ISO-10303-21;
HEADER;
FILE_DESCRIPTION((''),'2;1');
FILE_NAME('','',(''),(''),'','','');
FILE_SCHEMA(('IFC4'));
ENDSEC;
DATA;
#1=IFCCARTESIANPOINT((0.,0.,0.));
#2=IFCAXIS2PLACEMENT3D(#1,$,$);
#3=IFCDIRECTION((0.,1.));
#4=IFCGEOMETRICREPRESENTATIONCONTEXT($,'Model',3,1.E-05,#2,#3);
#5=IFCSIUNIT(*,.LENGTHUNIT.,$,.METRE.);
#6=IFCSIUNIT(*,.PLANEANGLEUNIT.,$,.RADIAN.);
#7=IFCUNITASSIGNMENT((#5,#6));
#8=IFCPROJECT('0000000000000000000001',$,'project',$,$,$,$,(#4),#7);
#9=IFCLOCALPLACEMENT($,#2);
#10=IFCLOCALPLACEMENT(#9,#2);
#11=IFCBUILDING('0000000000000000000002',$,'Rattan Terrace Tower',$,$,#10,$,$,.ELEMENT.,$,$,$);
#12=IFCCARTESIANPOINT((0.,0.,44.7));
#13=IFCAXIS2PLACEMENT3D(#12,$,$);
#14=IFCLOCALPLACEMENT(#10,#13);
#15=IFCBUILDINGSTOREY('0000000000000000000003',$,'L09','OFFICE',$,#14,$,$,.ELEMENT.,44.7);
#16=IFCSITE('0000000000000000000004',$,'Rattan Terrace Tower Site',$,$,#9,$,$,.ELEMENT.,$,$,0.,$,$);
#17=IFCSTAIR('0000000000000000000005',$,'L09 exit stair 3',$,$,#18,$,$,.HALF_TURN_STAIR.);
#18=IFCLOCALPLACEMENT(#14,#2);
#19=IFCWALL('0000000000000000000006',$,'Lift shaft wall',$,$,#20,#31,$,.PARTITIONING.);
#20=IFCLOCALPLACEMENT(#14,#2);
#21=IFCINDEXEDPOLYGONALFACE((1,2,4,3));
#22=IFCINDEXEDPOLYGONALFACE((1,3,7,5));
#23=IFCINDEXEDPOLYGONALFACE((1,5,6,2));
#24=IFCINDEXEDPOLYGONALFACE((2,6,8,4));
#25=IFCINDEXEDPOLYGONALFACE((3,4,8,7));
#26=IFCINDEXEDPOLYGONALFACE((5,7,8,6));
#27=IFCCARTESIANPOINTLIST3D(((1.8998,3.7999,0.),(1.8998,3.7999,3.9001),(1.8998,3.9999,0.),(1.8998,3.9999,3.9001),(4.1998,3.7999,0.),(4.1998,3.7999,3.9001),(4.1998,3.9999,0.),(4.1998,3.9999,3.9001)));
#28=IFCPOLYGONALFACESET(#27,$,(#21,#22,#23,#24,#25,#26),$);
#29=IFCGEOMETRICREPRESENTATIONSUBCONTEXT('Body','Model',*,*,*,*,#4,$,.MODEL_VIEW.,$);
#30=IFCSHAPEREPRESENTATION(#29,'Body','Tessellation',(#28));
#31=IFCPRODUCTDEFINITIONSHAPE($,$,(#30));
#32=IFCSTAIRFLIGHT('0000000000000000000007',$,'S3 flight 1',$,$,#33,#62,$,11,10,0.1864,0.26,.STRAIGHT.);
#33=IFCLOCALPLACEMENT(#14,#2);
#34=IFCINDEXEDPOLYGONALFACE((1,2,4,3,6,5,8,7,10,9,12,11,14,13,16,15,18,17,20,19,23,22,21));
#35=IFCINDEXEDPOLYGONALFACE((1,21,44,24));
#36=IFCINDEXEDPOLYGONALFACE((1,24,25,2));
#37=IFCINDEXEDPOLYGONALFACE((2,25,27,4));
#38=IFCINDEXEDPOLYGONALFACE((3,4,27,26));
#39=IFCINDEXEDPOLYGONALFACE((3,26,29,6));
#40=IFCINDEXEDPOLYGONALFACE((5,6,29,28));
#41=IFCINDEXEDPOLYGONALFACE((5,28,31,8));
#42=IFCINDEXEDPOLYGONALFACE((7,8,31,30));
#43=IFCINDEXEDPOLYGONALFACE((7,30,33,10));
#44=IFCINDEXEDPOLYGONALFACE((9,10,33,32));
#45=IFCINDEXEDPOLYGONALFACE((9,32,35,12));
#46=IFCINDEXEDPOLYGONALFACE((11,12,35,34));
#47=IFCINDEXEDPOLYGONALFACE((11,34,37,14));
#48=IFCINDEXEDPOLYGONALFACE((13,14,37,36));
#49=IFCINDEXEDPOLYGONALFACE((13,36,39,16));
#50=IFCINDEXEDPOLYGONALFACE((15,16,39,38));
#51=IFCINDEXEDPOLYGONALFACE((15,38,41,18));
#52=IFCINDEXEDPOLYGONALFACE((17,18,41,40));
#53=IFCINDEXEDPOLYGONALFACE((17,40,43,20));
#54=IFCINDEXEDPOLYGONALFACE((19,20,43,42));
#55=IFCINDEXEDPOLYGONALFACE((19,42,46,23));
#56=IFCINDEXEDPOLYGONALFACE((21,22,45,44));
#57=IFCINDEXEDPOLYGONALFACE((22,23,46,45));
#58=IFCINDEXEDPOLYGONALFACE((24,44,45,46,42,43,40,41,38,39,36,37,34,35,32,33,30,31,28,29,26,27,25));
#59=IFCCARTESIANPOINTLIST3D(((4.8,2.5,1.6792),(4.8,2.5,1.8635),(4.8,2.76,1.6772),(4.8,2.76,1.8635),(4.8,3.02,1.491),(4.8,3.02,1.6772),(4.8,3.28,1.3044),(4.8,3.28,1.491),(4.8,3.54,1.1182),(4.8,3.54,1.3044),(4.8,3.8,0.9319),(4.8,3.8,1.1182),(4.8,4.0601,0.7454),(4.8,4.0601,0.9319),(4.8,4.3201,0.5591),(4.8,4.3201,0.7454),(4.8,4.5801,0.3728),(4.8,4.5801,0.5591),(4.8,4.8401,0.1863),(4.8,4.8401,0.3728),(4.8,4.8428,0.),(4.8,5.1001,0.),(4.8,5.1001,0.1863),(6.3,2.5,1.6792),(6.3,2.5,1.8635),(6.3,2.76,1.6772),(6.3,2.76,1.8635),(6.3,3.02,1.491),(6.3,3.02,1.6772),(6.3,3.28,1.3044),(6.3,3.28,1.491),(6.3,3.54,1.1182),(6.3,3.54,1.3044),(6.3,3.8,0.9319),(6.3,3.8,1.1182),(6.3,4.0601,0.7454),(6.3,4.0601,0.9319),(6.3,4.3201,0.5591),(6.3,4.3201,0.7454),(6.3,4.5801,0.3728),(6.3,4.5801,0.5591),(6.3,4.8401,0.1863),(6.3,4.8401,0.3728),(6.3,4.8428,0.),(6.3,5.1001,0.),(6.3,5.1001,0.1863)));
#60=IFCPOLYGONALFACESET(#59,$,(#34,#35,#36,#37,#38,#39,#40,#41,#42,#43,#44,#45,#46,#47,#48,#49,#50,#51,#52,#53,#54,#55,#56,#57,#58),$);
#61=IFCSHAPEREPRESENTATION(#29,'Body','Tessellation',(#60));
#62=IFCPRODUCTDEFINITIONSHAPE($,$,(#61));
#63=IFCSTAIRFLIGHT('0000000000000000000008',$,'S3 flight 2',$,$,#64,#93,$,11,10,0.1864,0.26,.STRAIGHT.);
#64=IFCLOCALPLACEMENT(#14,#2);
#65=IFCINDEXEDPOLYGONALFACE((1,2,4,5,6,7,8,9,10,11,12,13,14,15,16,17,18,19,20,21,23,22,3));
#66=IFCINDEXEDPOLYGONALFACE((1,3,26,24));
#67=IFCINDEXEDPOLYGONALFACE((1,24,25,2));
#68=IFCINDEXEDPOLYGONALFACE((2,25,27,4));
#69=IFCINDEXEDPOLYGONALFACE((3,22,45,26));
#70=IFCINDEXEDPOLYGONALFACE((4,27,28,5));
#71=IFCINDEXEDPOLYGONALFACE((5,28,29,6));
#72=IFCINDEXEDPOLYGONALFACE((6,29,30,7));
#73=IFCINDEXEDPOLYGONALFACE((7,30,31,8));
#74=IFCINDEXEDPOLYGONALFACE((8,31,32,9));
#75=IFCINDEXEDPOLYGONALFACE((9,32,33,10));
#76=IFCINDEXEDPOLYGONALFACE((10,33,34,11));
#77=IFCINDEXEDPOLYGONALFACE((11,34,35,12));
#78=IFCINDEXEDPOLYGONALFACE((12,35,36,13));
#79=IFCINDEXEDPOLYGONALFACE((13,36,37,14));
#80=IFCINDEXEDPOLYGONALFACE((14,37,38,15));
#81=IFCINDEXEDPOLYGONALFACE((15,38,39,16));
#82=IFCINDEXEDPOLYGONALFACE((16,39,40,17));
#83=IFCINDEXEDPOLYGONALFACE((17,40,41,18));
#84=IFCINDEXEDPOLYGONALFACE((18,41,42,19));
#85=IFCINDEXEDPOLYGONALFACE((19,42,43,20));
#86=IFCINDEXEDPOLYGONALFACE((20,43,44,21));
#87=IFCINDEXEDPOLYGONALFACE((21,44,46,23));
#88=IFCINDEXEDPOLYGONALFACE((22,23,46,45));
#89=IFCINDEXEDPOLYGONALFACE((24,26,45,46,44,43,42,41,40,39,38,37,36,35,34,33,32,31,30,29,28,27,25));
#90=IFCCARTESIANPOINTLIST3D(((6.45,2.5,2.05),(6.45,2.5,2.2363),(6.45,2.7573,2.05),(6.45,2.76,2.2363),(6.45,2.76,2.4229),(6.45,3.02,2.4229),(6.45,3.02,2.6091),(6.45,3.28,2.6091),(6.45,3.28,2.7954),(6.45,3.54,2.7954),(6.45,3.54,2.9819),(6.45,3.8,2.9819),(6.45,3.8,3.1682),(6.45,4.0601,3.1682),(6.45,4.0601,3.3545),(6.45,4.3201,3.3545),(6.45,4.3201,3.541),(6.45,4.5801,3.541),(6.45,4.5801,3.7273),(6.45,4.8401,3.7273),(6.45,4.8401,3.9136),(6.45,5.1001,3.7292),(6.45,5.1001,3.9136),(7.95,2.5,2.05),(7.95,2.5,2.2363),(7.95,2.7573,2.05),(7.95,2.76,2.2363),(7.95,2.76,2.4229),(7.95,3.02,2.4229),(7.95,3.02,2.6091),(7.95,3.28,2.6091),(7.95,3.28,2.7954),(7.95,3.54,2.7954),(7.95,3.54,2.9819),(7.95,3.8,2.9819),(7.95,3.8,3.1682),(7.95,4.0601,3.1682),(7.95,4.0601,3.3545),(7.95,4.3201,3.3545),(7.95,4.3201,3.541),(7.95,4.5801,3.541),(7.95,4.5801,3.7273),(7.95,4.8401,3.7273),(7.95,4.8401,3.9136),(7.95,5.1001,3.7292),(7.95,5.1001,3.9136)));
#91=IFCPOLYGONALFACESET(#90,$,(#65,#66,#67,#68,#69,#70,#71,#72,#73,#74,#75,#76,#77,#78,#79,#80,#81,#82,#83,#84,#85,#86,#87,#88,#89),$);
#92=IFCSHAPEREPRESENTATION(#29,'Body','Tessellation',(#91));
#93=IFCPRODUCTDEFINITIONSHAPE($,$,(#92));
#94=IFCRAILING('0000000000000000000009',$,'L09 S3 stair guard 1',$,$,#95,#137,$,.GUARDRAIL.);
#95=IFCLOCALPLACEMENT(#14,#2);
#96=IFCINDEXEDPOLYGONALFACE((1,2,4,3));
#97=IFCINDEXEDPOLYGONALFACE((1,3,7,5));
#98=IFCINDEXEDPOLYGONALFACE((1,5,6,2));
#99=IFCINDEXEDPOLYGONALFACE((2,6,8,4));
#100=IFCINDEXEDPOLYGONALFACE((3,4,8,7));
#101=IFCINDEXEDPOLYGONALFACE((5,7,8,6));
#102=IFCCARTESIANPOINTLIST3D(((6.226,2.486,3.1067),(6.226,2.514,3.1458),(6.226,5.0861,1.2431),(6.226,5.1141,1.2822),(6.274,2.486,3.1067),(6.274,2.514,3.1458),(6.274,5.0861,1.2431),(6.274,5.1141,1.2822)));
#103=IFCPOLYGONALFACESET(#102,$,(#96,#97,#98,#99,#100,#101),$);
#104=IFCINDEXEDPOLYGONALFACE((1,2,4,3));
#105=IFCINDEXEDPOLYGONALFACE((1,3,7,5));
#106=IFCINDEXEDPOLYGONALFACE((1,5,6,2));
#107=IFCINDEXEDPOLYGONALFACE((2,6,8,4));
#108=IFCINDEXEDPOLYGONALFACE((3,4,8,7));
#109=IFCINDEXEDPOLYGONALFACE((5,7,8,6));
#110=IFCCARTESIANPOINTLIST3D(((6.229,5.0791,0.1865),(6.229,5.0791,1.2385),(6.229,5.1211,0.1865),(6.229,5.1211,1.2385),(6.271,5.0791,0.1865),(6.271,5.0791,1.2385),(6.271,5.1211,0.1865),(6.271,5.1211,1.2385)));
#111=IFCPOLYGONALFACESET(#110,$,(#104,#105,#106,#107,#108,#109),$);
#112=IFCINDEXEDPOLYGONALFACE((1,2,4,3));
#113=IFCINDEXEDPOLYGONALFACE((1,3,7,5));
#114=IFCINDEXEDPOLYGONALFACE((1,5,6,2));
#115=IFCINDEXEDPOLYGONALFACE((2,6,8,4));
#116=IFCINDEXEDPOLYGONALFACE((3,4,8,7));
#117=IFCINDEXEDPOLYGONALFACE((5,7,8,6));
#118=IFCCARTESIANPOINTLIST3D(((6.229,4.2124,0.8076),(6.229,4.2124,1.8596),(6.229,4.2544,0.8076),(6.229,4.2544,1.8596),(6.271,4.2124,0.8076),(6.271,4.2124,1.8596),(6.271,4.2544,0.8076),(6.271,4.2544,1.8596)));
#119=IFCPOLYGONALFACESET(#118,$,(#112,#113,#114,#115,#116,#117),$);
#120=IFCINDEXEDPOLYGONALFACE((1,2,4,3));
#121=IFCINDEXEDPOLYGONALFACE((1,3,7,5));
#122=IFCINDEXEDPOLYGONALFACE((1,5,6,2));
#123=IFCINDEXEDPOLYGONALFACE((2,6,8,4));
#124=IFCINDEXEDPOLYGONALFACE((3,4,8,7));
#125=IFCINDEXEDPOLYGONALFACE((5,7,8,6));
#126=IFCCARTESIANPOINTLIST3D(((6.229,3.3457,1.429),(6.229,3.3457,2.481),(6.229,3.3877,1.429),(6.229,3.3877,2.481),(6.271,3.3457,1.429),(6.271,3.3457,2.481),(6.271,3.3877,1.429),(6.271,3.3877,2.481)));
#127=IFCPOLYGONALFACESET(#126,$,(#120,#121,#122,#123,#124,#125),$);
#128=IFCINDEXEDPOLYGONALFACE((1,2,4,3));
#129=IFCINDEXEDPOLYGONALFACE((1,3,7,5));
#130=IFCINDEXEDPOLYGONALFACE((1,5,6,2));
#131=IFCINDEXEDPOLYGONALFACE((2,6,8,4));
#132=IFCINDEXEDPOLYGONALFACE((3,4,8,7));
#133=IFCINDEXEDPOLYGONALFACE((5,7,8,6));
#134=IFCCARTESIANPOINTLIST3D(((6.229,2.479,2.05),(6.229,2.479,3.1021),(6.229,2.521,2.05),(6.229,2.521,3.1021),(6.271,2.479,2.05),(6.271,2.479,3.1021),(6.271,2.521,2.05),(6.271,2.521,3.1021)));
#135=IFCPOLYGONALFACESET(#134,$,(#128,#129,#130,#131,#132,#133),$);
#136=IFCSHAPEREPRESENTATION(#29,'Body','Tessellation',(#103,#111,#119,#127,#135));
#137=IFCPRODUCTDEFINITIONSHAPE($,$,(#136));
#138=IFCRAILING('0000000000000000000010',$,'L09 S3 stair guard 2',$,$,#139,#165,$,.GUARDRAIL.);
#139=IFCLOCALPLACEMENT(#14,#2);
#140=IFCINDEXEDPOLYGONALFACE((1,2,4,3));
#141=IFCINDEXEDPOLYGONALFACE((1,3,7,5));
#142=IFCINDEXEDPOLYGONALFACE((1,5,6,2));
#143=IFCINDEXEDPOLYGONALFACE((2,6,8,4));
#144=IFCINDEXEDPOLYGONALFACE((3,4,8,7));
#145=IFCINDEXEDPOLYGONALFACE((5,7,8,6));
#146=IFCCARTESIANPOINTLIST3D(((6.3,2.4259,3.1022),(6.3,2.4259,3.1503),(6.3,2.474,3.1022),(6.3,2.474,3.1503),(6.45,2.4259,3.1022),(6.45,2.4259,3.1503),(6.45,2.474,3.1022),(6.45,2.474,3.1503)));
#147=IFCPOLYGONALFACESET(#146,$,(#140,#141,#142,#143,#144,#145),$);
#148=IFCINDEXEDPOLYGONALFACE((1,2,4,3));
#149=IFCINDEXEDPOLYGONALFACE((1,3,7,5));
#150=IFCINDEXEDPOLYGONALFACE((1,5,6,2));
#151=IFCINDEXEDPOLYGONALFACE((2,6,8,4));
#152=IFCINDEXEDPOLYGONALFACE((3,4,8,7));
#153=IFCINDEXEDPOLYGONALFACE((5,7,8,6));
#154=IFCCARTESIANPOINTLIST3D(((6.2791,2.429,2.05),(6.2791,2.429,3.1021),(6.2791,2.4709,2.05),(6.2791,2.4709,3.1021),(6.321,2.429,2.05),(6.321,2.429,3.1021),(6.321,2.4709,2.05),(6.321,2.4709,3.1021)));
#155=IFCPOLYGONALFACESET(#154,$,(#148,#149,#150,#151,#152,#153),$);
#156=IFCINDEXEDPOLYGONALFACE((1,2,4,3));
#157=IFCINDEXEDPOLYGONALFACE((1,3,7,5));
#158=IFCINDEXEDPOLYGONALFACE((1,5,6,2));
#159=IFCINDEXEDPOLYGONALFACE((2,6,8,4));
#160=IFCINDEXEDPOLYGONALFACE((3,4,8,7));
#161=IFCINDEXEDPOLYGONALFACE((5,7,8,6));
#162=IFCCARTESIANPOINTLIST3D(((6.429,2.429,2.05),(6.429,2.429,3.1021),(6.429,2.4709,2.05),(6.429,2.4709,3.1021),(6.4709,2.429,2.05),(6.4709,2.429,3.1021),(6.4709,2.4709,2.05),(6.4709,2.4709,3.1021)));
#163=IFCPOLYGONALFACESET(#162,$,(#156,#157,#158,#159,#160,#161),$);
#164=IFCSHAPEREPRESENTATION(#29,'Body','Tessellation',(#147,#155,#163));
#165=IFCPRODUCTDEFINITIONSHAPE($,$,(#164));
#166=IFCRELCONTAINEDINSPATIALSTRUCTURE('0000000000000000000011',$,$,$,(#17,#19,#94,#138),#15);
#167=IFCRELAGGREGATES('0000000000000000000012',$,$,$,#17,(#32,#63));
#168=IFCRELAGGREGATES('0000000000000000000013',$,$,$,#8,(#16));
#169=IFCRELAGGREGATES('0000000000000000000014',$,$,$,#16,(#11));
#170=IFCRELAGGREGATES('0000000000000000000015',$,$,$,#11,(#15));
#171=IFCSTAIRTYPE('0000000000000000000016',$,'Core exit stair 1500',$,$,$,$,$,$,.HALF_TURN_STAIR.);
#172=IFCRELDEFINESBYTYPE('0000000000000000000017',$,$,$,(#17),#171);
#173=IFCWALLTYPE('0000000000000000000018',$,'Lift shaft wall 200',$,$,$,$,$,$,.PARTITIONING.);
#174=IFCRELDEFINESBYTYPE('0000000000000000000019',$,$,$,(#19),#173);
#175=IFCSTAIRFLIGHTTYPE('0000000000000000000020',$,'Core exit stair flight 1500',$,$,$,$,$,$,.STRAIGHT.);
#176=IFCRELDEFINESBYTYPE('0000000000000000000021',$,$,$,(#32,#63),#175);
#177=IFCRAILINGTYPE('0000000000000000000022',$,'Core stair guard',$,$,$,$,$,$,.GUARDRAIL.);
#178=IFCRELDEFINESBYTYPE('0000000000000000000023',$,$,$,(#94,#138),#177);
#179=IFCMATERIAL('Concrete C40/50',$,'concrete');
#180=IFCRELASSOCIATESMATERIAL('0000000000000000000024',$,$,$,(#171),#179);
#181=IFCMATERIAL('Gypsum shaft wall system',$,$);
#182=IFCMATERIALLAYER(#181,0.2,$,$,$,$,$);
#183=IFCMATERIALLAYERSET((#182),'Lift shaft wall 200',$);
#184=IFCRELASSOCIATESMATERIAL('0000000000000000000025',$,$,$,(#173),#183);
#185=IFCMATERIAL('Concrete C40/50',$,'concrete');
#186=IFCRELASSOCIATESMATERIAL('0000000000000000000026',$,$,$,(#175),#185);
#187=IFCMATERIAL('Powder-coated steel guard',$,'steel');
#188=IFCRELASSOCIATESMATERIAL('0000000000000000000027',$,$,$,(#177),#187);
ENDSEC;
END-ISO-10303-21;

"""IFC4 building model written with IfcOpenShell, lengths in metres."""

from ifc_helpers import new_model, si_unit, direction, frame, frame_2d, origin, origin_2d, place, context, subcontext, project, spatial, polyline, rectangle, outline, extrude, material, layer, layer_set, type_object, element, aggregate, save


model = new_model("IFC4")

# Units and contexts
model_context = context("Model", 3, precision=1e-05, world=origin(), true_north=direction((0.0, 1.0)))
body_context = subcontext(model_context, "Body", "Model", "MODEL_VIEW")
ifc_project = project(units=[si_unit("LENGTHUNIT", "METRE"), si_unit("PLANEANGLEUNIT", "RADIAN")], contexts=[model_context])

# Site, building, storey
site_placement = place(None, origin())
site = spatial("IfcSite", under=ifc_project, at=site_placement, Name="Rattan Terrace Tower Site", CompositionType="ELEMENT", RefElevation=0.0)
building_placement = place(site_placement, origin())
building = spatial("IfcBuilding", under=site, at=building_placement, Name="Rattan Terrace Tower", CompositionType="ELEMENT")
storey_placement = place(building_placement, frame((0.0, 0.0, 44.7)))
storey = spatial("IfcBuildingStorey", under=building, at=storey_placement, Name="L09", Description="OFFICE", CompositionType="ELEMENT", Elevation=44.7)

# Stair
ifc_material_1 = material(Name="Concrete C40/50", Category="concrete")
stair_type = type_object("IfcStairType", Name="Core exit stair 1500", PredefinedType="HALF_TURN_STAIR", material=ifc_material_1)
stair_1_placement = place(storey_placement, origin())
stair_1 = element("IfcStair", 1, at=stair_1_placement, inside=storey, type_object=stair_type, Name="L09 exit stair 3", PredefinedType="HALF_TURN_STAIR")

# Wall
ifc_material_2 = material(Name="Gypsum shaft wall system")
ifc_layer_1 = layer(ifc_material_2, 0.2)
ifc_layer_set_1 = layer_set([ifc_layer_1], Name="Lift shaft wall 200")
wall_type_1 = type_object("IfcWallType", Name="Lift shaft wall 200", PredefinedType="PARTITIONING", material=ifc_layer_set_1)
for number, where, z_axis, x_axis, name in (
    (2, (1.8999, 3.8999, 0.0), (0.0, 0.0, 1.0), (1.0, 0.0, 0.0), "Lift shaft wall"),
):
    element("IfcWall", number, at=place(storey_placement, frame(where, z_axis=z_axis, x_axis=x_axis)), inside=storey, type_object=wall_type_1, Name=name, PredefinedType="PARTITIONING", context=body_context, shape_type="SweptSolid", body=[
        extrude(rectangle(XDim=2.3, YDim=0.2, at=frame_2d((1.1499, 0.0))), origin(), (0.0, 0.0, 1.0), 3.9001),
    ])

# Stair flights
ifc_material_3 = material(Name="Concrete C40/50", Category="concrete")
stair_flight_type = type_object("IfcStairFlightType", Name="Core exit stair flight 1500", PredefinedType="STRAIGHT", material=ifc_material_3)
stair_flight_1_placement = place(storey_placement, frame((5.55, 5.1001, 0.0), z_axis=(0.0, 0.0, 1.0), x_axis=(0.0, -1.0, 0.0)))
stair_flight_1 = element("IfcStairFlight", 3, at=stair_flight_1_placement, type_object=stair_flight_type, Name="S3 flight 1", NumberOfRisers=11, NumberOfTreads=10, PredefinedType="STRAIGHT", RiserHeight=0.1864, TreadLength=0.26, context=body_context, shape_type="SweptSolid", body=[
    extrude(outline(polyline([(0.0, 0.0), (0.0, 0.1863), (0.26, 0.1863), (0.26, 0.3728), (0.52, 0.3728), (0.52, 0.5591), (0.78, 0.5591), (0.78, 0.7454), (1.04, 0.7454), (1.04, 0.9319), (1.3, 0.9319), (1.3, 1.1182), (1.5601, 1.1182), (1.5601, 1.3044), (1.8201, 1.3044), (1.8201, 1.491), (2.0801, 1.491), (2.0801, 1.6772), (2.3401, 1.6772), (2.3401, 1.8635), (2.6001, 1.8635), (2.6001, 2.05), (2.6001, 1.6792), (0.2573, 0.0), (0.0, 0.0)])), frame((0.0, 0.75, 0.0), z_axis=(0.0, -1.0, 0.0), x_axis=(1.0, 0.0, 0.0)), (0.0, 0.0, 1.0), 1.5),
])
stair_flight_2_placement = place(storey_placement, frame((7.2, 2.5, 2.05), z_axis=(0.0, 0.0, 1.0), x_axis=(0.0, 1.0, 0.0)))
stair_flight_2 = element("IfcStairFlight", 4, at=stair_flight_2_placement, type_object=stair_flight_type, Name="S3 flight 2", NumberOfRisers=11, NumberOfTreads=10, PredefinedType="STRAIGHT", RiserHeight=0.1864, TreadLength=0.26, context=body_context, shape_type="SweptSolid", body=[
    extrude(outline(polyline([(0.0, 0.0), (0.0, 0.1863), (0.26, 0.1863), (0.26, 0.3728), (0.52, 0.3728), (0.52, 0.5591), (0.78, 0.5591), (0.78, 0.7454), (1.04, 0.7454), (1.04, 0.9319), (1.3, 0.9319), (1.3, 1.1182), (1.5601, 1.1182), (1.5601, 1.3044), (1.8201, 1.3044), (1.8201, 1.491), (2.0801, 1.491), (2.0801, 1.6772), (2.3401, 1.6772), (2.3401, 1.8635), (2.6001, 1.8635), (2.6001, 2.05), (2.6001, 1.6792), (0.2573, 0.0), (0.0, 0.0)])), frame((0.0, 0.75, 0.0), z_axis=(0.0, -1.0, 0.0), x_axis=(1.0, 0.0, 0.0)), (0.0, 0.0, 1.0), 1.5),
])
aggregate(stair_1, [stair_flight_1, stair_flight_2])

# Railings
ifc_material_4 = material(Name="Powder-coated steel guard", Category="steel")
railing_type_1 = type_object("IfcRailingType", Name="Core stair guard", PredefinedType="GUARDRAIL", material=ifc_material_4)
railing_1_placement = place(storey_placement, frame((6.25, 5.1001, 0.1865)))
element("IfcRailing", 5, at=railing_1_placement, inside=storey, type_object=railing_type_1, Name="L09 S3 stair guard 1", PredefinedType="GUARDRAIL", context=body_context, shape_type="SweptSolid", body=[
    extrude(rectangle(XDim=0.0481, YDim=0.0481, at=origin_2d()), frame((0.0, 0.0, 1.0762), z_axis=(0.0, -0.812799, 0.582544), x_axis=(1.0, 0.0, 0.0)), (0.0, 0.0, 1.0), 3.199),
    extrude(rectangle(XDim=0.042, YDim=0.042, at=origin_2d()), origin(), (0.0, 0.0, 1.0), 1.052),
    extrude(rectangle(XDim=0.042, YDim=0.042, at=origin_2d()), frame((0.0, -0.8667, 0.6211)), (0.0, 0.0, 1.0), 1.052),
    extrude(rectangle(XDim=0.042, YDim=0.042, at=origin_2d()), frame((0.0, -1.7334, 1.2424)), (0.0, 0.0, 1.0), 1.052),
    extrude(rectangle(XDim=0.042, YDim=0.042, at=origin_2d()), frame((0.0, -2.6001, 1.8635)), (0.0, 0.0, 1.0), 1.052),
])
railing_2_placement = place(storey_placement, frame((6.3, 2.45, 2.05)))
element("IfcRailing", 6, at=railing_2_placement, inside=storey, type_object=railing_type_1, Name="L09 S3 stair guard 2", PredefinedType="GUARDRAIL", context=body_context, shape_type="SweptSolid", body=[
    extrude(rectangle(XDim=0.0481, YDim=0.0481, at=origin_2d()), frame((0.0, 0.0, 1.0762), z_axis=(1.0, 0.0, 0.0), x_axis=(0.0, 1.0, 0.0)), (0.0, 0.0, 1.0), 0.1499),
    extrude(rectangle(XDim=0.042, YDim=0.042, at=origin_2d()), origin(), (0.0, 0.0, 1.0), 1.052),
    extrude(rectangle(XDim=0.042, YDim=0.042, at=origin_2d()), frame((0.1499, 0.0, 0.0)), (0.0, 0.0, 1.0), 1.052),
])

save(model, "model.ifc")
